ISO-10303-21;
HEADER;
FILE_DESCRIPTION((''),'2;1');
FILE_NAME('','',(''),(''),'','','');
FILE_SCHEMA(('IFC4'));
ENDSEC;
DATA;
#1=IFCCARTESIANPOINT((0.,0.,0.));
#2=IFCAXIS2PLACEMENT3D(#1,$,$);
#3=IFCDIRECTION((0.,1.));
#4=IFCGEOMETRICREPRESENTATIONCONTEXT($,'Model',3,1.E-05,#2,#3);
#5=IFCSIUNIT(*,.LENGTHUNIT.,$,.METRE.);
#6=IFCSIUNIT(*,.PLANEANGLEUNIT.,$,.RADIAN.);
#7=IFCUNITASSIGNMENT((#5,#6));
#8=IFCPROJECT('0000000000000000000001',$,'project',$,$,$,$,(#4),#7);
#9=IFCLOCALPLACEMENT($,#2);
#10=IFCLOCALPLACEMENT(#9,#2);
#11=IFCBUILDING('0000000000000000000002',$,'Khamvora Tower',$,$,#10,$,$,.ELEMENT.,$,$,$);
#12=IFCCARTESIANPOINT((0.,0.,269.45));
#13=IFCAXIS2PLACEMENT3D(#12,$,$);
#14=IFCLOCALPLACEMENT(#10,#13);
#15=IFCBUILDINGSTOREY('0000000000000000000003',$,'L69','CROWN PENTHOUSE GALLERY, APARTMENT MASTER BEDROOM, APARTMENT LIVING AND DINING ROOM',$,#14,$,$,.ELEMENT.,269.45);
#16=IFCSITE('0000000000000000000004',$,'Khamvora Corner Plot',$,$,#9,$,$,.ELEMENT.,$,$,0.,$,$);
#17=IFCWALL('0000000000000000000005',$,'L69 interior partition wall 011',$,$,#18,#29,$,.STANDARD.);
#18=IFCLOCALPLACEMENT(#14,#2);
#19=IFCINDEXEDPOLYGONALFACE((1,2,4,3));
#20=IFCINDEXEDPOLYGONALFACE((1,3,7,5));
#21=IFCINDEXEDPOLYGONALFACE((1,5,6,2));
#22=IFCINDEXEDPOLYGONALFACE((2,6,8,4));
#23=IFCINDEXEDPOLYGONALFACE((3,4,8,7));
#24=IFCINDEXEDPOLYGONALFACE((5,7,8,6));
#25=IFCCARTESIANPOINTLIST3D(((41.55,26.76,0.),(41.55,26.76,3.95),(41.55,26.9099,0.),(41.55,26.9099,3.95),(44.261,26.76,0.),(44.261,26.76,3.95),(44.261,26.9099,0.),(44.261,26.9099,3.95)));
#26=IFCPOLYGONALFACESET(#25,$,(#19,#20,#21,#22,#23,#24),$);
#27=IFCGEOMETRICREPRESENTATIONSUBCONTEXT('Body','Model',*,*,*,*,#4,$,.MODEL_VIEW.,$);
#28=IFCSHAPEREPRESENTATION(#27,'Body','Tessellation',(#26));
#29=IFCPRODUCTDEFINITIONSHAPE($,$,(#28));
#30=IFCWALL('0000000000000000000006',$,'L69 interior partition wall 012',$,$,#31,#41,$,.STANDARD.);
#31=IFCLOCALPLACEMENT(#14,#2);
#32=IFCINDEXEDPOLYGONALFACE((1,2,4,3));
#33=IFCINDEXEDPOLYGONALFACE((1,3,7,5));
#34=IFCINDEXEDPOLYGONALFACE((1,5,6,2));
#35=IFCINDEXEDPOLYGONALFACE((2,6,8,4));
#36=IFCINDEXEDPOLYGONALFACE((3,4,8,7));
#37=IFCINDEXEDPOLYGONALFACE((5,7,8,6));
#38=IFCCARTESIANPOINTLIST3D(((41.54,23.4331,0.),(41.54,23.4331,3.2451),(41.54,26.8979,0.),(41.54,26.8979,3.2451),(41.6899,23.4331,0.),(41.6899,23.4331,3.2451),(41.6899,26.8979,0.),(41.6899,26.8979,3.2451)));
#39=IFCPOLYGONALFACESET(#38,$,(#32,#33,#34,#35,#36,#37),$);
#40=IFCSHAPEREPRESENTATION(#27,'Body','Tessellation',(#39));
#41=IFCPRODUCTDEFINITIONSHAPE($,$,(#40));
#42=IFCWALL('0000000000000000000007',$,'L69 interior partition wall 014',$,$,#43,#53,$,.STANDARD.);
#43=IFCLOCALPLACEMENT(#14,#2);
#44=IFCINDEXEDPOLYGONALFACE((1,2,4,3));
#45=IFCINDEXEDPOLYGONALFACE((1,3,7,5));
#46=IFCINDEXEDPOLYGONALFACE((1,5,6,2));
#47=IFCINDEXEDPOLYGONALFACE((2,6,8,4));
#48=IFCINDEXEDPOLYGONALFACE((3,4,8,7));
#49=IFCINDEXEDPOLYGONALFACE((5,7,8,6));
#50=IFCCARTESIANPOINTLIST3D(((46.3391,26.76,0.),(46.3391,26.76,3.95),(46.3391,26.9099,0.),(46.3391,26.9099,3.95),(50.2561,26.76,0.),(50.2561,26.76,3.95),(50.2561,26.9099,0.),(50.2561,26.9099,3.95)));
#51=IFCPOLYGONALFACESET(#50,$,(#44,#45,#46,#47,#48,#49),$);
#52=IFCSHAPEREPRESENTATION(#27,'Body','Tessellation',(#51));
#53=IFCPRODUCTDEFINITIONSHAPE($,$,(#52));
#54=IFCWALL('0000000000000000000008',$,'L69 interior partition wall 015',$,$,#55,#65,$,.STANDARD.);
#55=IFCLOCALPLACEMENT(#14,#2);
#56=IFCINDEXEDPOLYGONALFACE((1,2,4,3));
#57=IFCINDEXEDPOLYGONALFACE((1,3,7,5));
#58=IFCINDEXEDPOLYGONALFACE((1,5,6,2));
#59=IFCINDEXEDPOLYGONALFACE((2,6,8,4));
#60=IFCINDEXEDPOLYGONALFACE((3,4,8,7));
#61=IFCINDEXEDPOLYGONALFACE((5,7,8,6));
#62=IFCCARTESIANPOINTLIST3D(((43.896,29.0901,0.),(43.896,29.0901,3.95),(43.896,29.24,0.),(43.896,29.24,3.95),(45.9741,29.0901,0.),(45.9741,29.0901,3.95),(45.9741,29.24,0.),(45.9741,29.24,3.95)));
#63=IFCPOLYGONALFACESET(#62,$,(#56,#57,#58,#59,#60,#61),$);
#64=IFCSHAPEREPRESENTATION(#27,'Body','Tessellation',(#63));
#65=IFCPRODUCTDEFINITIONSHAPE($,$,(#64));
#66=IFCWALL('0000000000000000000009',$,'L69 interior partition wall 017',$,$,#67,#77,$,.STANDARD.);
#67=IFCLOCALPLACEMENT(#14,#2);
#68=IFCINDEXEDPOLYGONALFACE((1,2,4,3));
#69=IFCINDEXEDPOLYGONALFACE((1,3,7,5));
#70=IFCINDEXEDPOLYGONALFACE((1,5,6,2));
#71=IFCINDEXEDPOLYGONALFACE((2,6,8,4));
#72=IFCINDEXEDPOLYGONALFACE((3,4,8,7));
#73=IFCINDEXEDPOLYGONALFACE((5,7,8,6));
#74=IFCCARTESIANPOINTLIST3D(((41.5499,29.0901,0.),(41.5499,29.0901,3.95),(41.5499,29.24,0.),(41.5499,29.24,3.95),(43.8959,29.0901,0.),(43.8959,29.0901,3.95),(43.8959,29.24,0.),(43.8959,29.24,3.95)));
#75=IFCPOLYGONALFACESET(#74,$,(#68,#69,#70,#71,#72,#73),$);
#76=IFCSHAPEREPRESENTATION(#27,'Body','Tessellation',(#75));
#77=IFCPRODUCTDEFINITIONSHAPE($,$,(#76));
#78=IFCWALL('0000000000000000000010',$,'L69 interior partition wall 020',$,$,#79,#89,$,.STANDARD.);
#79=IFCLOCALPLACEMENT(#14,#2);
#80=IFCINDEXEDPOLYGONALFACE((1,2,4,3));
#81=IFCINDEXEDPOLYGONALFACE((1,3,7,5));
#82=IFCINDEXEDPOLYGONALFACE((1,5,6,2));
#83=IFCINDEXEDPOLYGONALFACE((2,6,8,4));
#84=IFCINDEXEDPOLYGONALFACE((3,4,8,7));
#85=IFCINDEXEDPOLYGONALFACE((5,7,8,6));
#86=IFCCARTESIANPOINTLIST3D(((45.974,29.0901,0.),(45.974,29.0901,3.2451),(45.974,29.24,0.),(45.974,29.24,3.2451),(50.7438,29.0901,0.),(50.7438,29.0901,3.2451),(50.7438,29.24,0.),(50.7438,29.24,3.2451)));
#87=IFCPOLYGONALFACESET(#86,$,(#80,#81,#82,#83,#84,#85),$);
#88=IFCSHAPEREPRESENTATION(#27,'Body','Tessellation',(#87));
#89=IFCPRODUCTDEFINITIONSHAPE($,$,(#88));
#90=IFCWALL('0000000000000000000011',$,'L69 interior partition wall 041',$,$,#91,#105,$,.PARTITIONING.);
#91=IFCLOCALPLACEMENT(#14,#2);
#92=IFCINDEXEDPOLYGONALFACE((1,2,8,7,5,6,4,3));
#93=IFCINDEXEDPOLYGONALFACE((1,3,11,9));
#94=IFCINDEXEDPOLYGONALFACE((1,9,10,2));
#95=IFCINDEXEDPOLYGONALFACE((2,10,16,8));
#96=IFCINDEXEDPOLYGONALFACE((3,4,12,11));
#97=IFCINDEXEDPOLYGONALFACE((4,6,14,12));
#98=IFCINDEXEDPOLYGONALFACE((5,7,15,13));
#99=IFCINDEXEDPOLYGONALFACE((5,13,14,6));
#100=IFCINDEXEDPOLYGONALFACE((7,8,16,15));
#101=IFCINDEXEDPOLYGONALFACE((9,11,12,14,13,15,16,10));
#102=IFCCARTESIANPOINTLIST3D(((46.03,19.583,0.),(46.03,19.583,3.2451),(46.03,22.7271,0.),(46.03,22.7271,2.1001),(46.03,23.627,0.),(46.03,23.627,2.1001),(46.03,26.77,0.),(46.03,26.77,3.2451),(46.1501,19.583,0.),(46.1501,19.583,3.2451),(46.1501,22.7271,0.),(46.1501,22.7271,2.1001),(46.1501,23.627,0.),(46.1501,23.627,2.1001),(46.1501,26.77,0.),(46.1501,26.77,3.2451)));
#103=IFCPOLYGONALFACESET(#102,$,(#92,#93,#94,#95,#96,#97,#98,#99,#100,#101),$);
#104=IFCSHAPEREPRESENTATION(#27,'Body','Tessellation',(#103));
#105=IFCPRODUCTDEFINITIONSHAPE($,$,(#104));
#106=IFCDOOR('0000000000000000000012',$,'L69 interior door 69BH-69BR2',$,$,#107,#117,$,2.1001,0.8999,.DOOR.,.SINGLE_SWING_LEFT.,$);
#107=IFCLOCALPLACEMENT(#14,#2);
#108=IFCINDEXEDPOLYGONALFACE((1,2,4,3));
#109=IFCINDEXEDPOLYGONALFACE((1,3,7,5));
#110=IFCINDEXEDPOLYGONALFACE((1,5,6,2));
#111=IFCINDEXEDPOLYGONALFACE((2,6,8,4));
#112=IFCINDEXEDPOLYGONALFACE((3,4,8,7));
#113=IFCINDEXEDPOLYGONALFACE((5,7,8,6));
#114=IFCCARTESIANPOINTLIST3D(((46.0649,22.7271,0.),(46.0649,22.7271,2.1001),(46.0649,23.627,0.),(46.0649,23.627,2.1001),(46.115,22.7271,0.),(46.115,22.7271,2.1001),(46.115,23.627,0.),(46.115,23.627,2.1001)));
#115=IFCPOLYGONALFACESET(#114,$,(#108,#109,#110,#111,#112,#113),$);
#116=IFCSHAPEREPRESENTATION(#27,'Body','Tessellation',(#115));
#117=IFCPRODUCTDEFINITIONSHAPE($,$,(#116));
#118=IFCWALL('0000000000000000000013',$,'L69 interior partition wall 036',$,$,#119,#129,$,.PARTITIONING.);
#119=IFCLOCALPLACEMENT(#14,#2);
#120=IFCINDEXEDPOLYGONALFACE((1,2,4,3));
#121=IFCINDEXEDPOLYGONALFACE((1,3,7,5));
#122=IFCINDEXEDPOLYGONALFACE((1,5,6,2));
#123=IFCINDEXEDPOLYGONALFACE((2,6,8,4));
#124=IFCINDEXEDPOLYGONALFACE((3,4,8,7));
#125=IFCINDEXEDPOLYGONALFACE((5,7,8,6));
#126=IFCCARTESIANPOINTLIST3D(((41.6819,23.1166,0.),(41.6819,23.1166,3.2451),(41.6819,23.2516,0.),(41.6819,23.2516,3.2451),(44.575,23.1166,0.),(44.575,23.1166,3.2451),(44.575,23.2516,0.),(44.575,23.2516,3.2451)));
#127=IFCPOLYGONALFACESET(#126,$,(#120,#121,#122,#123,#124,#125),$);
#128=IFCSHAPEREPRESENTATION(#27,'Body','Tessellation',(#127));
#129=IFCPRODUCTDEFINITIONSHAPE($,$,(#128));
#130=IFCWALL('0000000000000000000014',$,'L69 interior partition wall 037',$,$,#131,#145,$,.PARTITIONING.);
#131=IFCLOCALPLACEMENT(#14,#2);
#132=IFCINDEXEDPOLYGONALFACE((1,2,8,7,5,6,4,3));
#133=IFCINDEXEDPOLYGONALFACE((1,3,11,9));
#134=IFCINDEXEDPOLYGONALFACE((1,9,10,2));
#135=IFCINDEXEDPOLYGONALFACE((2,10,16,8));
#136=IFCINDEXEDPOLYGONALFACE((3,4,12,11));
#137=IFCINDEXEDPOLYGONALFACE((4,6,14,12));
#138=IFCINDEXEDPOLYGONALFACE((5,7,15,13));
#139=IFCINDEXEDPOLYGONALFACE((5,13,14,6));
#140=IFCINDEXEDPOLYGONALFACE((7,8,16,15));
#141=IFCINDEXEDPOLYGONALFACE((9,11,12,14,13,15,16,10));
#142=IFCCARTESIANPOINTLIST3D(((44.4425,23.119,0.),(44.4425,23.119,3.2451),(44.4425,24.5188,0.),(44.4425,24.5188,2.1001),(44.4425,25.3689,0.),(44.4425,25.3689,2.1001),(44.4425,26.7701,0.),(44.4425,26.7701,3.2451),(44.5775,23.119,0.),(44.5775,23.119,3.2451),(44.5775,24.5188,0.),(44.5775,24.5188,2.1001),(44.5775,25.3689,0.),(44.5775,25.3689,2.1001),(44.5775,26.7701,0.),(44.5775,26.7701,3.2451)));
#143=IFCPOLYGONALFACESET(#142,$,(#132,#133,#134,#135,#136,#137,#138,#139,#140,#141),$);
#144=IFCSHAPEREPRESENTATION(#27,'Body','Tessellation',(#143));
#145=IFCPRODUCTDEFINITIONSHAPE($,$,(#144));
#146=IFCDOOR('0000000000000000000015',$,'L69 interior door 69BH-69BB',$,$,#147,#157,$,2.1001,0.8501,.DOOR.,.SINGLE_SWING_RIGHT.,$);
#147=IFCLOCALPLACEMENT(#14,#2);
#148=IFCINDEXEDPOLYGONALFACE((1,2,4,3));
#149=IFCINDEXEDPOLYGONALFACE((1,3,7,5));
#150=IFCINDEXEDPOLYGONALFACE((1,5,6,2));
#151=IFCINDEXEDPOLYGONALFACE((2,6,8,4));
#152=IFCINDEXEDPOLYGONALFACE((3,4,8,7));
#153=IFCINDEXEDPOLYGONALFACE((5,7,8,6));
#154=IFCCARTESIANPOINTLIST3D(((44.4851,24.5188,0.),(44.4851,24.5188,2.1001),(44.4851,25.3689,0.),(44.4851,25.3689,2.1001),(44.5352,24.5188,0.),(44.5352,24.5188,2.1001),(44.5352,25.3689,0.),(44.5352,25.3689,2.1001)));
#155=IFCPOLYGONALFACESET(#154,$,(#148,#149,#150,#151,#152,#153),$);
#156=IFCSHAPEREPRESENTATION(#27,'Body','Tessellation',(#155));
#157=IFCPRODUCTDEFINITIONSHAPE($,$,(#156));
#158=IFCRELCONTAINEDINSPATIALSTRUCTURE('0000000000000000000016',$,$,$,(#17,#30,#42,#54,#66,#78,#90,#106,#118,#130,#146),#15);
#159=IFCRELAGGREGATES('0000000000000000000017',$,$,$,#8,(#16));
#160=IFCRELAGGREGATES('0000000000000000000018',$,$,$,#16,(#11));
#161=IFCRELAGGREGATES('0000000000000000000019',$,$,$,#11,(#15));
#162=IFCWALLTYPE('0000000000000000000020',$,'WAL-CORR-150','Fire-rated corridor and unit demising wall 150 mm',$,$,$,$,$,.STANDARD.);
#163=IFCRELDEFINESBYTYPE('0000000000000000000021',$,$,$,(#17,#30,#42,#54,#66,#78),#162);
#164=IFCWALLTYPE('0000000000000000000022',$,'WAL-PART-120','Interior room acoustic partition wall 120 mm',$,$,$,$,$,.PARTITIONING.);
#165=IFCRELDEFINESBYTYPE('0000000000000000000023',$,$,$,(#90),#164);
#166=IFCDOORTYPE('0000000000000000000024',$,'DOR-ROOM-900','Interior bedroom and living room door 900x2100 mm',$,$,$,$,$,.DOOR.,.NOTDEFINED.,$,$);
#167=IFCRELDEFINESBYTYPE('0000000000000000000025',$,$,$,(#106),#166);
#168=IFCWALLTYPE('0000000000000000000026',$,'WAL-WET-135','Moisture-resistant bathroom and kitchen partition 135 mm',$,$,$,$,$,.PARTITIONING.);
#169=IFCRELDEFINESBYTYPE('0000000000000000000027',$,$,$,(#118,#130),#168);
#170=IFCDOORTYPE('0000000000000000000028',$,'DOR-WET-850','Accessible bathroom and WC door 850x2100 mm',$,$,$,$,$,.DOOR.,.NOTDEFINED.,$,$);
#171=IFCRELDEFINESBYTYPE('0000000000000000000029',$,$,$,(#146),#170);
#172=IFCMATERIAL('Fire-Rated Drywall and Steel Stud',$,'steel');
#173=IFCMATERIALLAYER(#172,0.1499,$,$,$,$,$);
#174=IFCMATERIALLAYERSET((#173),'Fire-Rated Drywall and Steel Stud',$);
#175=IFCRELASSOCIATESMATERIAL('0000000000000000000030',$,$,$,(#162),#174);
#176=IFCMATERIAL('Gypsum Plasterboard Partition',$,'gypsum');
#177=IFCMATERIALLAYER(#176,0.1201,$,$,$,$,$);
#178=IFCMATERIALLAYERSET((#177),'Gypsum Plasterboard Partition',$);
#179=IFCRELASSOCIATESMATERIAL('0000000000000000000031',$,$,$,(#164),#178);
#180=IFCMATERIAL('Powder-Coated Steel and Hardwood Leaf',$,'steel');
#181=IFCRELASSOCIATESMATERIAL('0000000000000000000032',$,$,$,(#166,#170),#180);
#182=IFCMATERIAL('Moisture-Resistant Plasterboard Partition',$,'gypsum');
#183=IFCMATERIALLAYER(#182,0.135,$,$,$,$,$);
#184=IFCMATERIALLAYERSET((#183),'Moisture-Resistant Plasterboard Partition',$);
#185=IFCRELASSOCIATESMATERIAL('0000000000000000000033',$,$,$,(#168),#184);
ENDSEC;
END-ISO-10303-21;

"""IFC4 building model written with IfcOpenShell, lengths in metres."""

from ifc_helpers import new_model, si_unit, direction, frame, frame_2d, origin, place, context, subcontext, project, spatial, rectangle, extrude, material, layer, layer_set, type_object, element, fill, save


model = new_model("IFC4")

# Units and contexts
model_context = context("Model", 3, precision=1e-05, world=origin(), true_north=direction((0.0, 1.0)))
body_context = subcontext(model_context, "Body", "Model", "MODEL_VIEW")
ifc_project = project(units=[si_unit("LENGTHUNIT", "METRE"), si_unit("PLANEANGLEUNIT", "RADIAN")], contexts=[model_context])

# Site, building, storey
site_placement = place(None, origin())
site = spatial("IfcSite", under=ifc_project, at=site_placement, Name="Khamvora Corner Plot", CompositionType="ELEMENT", RefElevation=0.0)
building_placement = place(site_placement, origin())
building = spatial("IfcBuilding", under=site, at=building_placement, Name="Khamvora Tower", CompositionType="ELEMENT")
storey_placement = place(building_placement, frame((0.0, 0.0, 269.45)))
storey = spatial("IfcBuildingStorey", under=building, at=storey_placement, Name="L69", Description="CROWN PENTHOUSE GALLERY, APARTMENT MASTER BEDROOM, APARTMENT LIVING AND DINING ROOM", CompositionType="ELEMENT", Elevation=269.45)

# Shared definitions
ifc_material_1 = material(Name="Fire-Rated Drywall and Steel Stud", Category="steel")
ifc_layer_1 = layer(ifc_material_1, 0.1499)
ifc_layer_set_1 = layer_set([ifc_layer_1], Name="Fire-Rated Drywall and Steel Stud")
wall_type_1 = type_object("IfcWallType", Name="WAL-CORR-150", Description="Fire-rated corridor and unit demising wall 150 mm", PredefinedType="STANDARD", material=ifc_layer_set_1)

# Shared definitions
ifc_material_2 = material(Name="Powder-Coated Steel and Hardwood Leaf", Category="steel")

# Walls
wall_1_placement = place(storey_placement, frame((44.261, 26.835, 0.0), z_axis=(0.0, 0.0, 1.0), x_axis=(-1.0, 0.0, 0.0)))
element("IfcWall", 1, at=wall_1_placement, inside=storey, type_object=wall_type_1, Name="L69 interior partition wall 011", PredefinedType="STANDARD", context=body_context, shape_type="SweptSolid", body=[
    extrude(rectangle(XDim=2.7109, YDim=0.1499, at=frame_2d((1.3555, 0.0))), origin(), (0.0, 0.0, 1.0), 3.95),
])
wall_2_placement = place(storey_placement, frame((41.615, 26.8979, 0.0), z_axis=(0.0, 0.0, 1.0), x_axis=(0.0, -1.0, 0.0)))
element("IfcWall", 2, at=wall_2_placement, inside=storey, type_object=wall_type_1, Name="L69 interior partition wall 012", PredefinedType="STANDARD", context=body_context, shape_type="SweptSolid", body=[
    extrude(rectangle(XDim=3.4648, YDim=0.1499, at=frame_2d((1.7324, 0.0))), origin(), (0.0, 0.0, 1.0), 3.2451),
])
wall_3_placement = place(storey_placement, frame((50.2561, 26.835, 0.0), z_axis=(0.0, 0.0, 1.0), x_axis=(-1.0, 0.0, 0.0)))
element("IfcWall", 3, at=wall_3_placement, inside=storey, type_object=wall_type_1, Name="L69 interior partition wall 014", PredefinedType="STANDARD", context=body_context, shape_type="SweptSolid", body=[
    extrude(rectangle(XDim=3.917, YDim=0.1499, at=frame_2d((1.9585, 0.0))), origin(), (0.0, 0.0, 1.0), 3.95),
])
wall_4_placement = place(storey_placement, frame((43.896, 29.165, 0.0), z_axis=(0.0, 0.0, 1.0), x_axis=(1.0, 0.0, 0.0)))
element("IfcWall", 4, at=wall_4_placement, inside=storey, type_object=wall_type_1, Name="L69 interior partition wall 015", PredefinedType="STANDARD", context=body_context, shape_type="SweptSolid", body=[
    extrude(rectangle(XDim=2.0781, YDim=0.1499, at=frame_2d((1.0391, 0.0))), origin(), (0.0, 0.0, 1.0), 3.95),
])
wall_5_placement = place(storey_placement, frame((41.55, 29.165, 0.0), z_axis=(0.0, 0.0, 1.0), x_axis=(1.0, 0.0, 0.0)))
element("IfcWall", 5, at=wall_5_placement, inside=storey, type_object=wall_type_1, Name="L69 interior partition wall 017", PredefinedType="STANDARD", context=body_context, shape_type="SweptSolid", body=[
    extrude(rectangle(XDim=2.3459, YDim=0.1499, at=frame_2d((1.1729, 0.0))), origin(), (0.0, 0.0, 1.0), 3.95),
])
wall_6_placement = place(storey_placement, frame((45.9741, 29.165, 0.0), z_axis=(0.0, 0.0, 1.0), x_axis=(1.0, 0.0, 0.0)))
element("IfcWall", 6, at=wall_6_placement, inside=storey, type_object=wall_type_1, Name="L69 interior partition wall 020", PredefinedType="STANDARD", context=body_context, shape_type="SweptSolid", body=[
    extrude(rectangle(XDim=4.7698, YDim=0.1499, at=frame_2d((2.3848, 0.0))), origin(), (0.0, 0.0, 1.0), 3.2451),
])

# Wall, opening, door
ifc_material_3 = material(Name="Gypsum Plasterboard Partition", Category="gypsum")
ifc_layer_2 = layer(ifc_material_3, 0.1201)
ifc_layer_set_2 = layer_set([ifc_layer_2], Name="Gypsum Plasterboard Partition")
wall_type_2 = type_object("IfcWallType", Name="WAL-PART-120", Description="Interior room acoustic partition wall 120 mm", PredefinedType="PARTITIONING", material=ifc_layer_set_2)
wall_7_placement = place(storey_placement, frame((46.0901, 26.77, 0.0), z_axis=(0.0, 0.0, 1.0), x_axis=(0.0, -1.0, 0.0)))
wall_7 = element("IfcWall", 7, at=wall_7_placement, inside=storey, type_object=wall_type_2, Name="L69 interior partition wall 041", PredefinedType="PARTITIONING", context=body_context, shape_type="SweptSolid", body=[
    extrude(rectangle(XDim=7.187, YDim=0.1201, at=frame_2d((3.5935, 0.0))), origin(), (0.0, 0.0, 1.0), 3.2451),
])
opening_1_placement = place(wall_7_placement, frame((3.1431, 0.0, 0.0)))
opening_1 = element("IfcOpeningElement", 8, at=opening_1_placement, cuts=wall_7, PredefinedType="OPENING", context=body_context, shape_type="SweptSolid", body=[
    extrude(rectangle(XDim=0.8999, YDim=2.1001, at=frame_2d((0.45, 1.05))), frame((0.0, 0.0701, 0.0), z_axis=(0.0, -1.0, 0.0), x_axis=(1.0, 0.0, 0.0)), (0.0, 0.0, 1.0), 0.1401),
])
door_type_1 = type_object("IfcDoorType", Name="DOR-ROOM-900", Description="Interior bedroom and living room door 900x2100 mm", OperationType="NOTDEFINED", PredefinedType="DOOR", material=ifc_material_2)
door_1_placement = place(opening_1_placement, origin())
door_1 = element("IfcDoor", 9, at=door_1_placement, inside=storey, type_object=door_type_1, Name="L69 interior door 69BH-69BR2", OperationType="SINGLE_SWING_LEFT", OverallHeight=2.1001, OverallWidth=0.8999, PredefinedType="DOOR", context=body_context, shape_type="SweptSolid", body=[
    extrude(rectangle(XDim=0.8999, YDim=2.1001, at=frame_2d((0.45, 1.05))), frame((0.0, 0.0249, 0.0), z_axis=(0.0, -1.0, 0.0), x_axis=(1.0, 0.0, 0.0)), (0.0, 0.0, 1.0), 0.05),
])
fill(opening_1, door_1)

# Wall
ifc_material_4 = material(Name="Moisture-Resistant Plasterboard Partition", Category="gypsum")
ifc_layer_3 = layer(ifc_material_4, 0.135)
ifc_layer_set_3 = layer_set([ifc_layer_3], Name="Moisture-Resistant Plasterboard Partition")
wall_type_3 = type_object("IfcWallType", Name="WAL-WET-135", Description="Moisture-resistant bathroom and kitchen partition 135 mm", PredefinedType="PARTITIONING", material=ifc_layer_set_3)
wall_8_placement = place(storey_placement, frame((41.6819, 23.1841, 0.0), z_axis=(0.0, 0.0, 1.0), x_axis=(1.0, 0.0, 0.0)))
element("IfcWall", 10, at=wall_8_placement, inside=storey, type_object=wall_type_3, Name="L69 interior partition wall 036", PredefinedType="PARTITIONING", context=body_context, shape_type="SweptSolid", body=[
    extrude(rectangle(XDim=2.8931, YDim=0.135, at=frame_2d((1.4465, 0.0))), origin(), (0.0, 0.0, 1.0), 3.2451),
])

# Wall, opening, door
wall_9_placement = place(storey_placement, frame((44.51, 23.1189, 0.0), z_axis=(0.0, 0.0, 1.0), x_axis=(0.0, 1.0, 0.0)))
wall_9 = element("IfcWall", 11, at=wall_9_placement, inside=storey, type_object=wall_type_3, Name="L69 interior partition wall 037", PredefinedType="PARTITIONING", context=body_context, shape_type="SweptSolid", body=[
    extrude(rectangle(XDim=3.6511, YDim=0.135, at=frame_2d((1.8257, 0.0))), origin(), (0.0, 0.0, 1.0), 3.2451),
])
opening_2_placement = place(wall_9_placement, frame((1.3999, 0.0, 0.0)))
opening_2 = element("IfcOpeningElement", 12, at=opening_2_placement, cuts=wall_9, PredefinedType="OPENING", context=body_context, shape_type="SweptSolid", body=[
    extrude(rectangle(XDim=0.8501, YDim=2.1001, at=frame_2d((0.425, 1.05))), frame((0.0, 0.0774, 0.0), z_axis=(0.0, -1.0, 0.0), x_axis=(1.0, 0.0, 0.0)), (0.0, 0.0, 1.0), 0.155),
])
door_type_2 = type_object("IfcDoorType", Name="DOR-WET-850", Description="Accessible bathroom and WC door 850x2100 mm", OperationType="NOTDEFINED", PredefinedType="DOOR", material=ifc_material_2)
door_2_placement = place(opening_2_placement, origin())
door_2 = element("IfcDoor", 13, at=door_2_placement, inside=storey, type_object=door_type_2, Name="L69 interior door 69BH-69BB", OperationType="SINGLE_SWING_RIGHT", OverallHeight=2.1001, OverallWidth=0.8501, PredefinedType="DOOR", context=body_context, shape_type="SweptSolid", body=[
    extrude(rectangle(XDim=0.8501, YDim=2.1001, at=frame_2d((0.425, 1.05))), frame((0.0, 0.0249, 0.0), z_axis=(0.0, -1.0, 0.0), x_axis=(1.0, 0.0, 0.0)), (0.0, 0.0, 1.0), 0.05),
])
fill(opening_2, door_2)

save(model, "model.ifc")
